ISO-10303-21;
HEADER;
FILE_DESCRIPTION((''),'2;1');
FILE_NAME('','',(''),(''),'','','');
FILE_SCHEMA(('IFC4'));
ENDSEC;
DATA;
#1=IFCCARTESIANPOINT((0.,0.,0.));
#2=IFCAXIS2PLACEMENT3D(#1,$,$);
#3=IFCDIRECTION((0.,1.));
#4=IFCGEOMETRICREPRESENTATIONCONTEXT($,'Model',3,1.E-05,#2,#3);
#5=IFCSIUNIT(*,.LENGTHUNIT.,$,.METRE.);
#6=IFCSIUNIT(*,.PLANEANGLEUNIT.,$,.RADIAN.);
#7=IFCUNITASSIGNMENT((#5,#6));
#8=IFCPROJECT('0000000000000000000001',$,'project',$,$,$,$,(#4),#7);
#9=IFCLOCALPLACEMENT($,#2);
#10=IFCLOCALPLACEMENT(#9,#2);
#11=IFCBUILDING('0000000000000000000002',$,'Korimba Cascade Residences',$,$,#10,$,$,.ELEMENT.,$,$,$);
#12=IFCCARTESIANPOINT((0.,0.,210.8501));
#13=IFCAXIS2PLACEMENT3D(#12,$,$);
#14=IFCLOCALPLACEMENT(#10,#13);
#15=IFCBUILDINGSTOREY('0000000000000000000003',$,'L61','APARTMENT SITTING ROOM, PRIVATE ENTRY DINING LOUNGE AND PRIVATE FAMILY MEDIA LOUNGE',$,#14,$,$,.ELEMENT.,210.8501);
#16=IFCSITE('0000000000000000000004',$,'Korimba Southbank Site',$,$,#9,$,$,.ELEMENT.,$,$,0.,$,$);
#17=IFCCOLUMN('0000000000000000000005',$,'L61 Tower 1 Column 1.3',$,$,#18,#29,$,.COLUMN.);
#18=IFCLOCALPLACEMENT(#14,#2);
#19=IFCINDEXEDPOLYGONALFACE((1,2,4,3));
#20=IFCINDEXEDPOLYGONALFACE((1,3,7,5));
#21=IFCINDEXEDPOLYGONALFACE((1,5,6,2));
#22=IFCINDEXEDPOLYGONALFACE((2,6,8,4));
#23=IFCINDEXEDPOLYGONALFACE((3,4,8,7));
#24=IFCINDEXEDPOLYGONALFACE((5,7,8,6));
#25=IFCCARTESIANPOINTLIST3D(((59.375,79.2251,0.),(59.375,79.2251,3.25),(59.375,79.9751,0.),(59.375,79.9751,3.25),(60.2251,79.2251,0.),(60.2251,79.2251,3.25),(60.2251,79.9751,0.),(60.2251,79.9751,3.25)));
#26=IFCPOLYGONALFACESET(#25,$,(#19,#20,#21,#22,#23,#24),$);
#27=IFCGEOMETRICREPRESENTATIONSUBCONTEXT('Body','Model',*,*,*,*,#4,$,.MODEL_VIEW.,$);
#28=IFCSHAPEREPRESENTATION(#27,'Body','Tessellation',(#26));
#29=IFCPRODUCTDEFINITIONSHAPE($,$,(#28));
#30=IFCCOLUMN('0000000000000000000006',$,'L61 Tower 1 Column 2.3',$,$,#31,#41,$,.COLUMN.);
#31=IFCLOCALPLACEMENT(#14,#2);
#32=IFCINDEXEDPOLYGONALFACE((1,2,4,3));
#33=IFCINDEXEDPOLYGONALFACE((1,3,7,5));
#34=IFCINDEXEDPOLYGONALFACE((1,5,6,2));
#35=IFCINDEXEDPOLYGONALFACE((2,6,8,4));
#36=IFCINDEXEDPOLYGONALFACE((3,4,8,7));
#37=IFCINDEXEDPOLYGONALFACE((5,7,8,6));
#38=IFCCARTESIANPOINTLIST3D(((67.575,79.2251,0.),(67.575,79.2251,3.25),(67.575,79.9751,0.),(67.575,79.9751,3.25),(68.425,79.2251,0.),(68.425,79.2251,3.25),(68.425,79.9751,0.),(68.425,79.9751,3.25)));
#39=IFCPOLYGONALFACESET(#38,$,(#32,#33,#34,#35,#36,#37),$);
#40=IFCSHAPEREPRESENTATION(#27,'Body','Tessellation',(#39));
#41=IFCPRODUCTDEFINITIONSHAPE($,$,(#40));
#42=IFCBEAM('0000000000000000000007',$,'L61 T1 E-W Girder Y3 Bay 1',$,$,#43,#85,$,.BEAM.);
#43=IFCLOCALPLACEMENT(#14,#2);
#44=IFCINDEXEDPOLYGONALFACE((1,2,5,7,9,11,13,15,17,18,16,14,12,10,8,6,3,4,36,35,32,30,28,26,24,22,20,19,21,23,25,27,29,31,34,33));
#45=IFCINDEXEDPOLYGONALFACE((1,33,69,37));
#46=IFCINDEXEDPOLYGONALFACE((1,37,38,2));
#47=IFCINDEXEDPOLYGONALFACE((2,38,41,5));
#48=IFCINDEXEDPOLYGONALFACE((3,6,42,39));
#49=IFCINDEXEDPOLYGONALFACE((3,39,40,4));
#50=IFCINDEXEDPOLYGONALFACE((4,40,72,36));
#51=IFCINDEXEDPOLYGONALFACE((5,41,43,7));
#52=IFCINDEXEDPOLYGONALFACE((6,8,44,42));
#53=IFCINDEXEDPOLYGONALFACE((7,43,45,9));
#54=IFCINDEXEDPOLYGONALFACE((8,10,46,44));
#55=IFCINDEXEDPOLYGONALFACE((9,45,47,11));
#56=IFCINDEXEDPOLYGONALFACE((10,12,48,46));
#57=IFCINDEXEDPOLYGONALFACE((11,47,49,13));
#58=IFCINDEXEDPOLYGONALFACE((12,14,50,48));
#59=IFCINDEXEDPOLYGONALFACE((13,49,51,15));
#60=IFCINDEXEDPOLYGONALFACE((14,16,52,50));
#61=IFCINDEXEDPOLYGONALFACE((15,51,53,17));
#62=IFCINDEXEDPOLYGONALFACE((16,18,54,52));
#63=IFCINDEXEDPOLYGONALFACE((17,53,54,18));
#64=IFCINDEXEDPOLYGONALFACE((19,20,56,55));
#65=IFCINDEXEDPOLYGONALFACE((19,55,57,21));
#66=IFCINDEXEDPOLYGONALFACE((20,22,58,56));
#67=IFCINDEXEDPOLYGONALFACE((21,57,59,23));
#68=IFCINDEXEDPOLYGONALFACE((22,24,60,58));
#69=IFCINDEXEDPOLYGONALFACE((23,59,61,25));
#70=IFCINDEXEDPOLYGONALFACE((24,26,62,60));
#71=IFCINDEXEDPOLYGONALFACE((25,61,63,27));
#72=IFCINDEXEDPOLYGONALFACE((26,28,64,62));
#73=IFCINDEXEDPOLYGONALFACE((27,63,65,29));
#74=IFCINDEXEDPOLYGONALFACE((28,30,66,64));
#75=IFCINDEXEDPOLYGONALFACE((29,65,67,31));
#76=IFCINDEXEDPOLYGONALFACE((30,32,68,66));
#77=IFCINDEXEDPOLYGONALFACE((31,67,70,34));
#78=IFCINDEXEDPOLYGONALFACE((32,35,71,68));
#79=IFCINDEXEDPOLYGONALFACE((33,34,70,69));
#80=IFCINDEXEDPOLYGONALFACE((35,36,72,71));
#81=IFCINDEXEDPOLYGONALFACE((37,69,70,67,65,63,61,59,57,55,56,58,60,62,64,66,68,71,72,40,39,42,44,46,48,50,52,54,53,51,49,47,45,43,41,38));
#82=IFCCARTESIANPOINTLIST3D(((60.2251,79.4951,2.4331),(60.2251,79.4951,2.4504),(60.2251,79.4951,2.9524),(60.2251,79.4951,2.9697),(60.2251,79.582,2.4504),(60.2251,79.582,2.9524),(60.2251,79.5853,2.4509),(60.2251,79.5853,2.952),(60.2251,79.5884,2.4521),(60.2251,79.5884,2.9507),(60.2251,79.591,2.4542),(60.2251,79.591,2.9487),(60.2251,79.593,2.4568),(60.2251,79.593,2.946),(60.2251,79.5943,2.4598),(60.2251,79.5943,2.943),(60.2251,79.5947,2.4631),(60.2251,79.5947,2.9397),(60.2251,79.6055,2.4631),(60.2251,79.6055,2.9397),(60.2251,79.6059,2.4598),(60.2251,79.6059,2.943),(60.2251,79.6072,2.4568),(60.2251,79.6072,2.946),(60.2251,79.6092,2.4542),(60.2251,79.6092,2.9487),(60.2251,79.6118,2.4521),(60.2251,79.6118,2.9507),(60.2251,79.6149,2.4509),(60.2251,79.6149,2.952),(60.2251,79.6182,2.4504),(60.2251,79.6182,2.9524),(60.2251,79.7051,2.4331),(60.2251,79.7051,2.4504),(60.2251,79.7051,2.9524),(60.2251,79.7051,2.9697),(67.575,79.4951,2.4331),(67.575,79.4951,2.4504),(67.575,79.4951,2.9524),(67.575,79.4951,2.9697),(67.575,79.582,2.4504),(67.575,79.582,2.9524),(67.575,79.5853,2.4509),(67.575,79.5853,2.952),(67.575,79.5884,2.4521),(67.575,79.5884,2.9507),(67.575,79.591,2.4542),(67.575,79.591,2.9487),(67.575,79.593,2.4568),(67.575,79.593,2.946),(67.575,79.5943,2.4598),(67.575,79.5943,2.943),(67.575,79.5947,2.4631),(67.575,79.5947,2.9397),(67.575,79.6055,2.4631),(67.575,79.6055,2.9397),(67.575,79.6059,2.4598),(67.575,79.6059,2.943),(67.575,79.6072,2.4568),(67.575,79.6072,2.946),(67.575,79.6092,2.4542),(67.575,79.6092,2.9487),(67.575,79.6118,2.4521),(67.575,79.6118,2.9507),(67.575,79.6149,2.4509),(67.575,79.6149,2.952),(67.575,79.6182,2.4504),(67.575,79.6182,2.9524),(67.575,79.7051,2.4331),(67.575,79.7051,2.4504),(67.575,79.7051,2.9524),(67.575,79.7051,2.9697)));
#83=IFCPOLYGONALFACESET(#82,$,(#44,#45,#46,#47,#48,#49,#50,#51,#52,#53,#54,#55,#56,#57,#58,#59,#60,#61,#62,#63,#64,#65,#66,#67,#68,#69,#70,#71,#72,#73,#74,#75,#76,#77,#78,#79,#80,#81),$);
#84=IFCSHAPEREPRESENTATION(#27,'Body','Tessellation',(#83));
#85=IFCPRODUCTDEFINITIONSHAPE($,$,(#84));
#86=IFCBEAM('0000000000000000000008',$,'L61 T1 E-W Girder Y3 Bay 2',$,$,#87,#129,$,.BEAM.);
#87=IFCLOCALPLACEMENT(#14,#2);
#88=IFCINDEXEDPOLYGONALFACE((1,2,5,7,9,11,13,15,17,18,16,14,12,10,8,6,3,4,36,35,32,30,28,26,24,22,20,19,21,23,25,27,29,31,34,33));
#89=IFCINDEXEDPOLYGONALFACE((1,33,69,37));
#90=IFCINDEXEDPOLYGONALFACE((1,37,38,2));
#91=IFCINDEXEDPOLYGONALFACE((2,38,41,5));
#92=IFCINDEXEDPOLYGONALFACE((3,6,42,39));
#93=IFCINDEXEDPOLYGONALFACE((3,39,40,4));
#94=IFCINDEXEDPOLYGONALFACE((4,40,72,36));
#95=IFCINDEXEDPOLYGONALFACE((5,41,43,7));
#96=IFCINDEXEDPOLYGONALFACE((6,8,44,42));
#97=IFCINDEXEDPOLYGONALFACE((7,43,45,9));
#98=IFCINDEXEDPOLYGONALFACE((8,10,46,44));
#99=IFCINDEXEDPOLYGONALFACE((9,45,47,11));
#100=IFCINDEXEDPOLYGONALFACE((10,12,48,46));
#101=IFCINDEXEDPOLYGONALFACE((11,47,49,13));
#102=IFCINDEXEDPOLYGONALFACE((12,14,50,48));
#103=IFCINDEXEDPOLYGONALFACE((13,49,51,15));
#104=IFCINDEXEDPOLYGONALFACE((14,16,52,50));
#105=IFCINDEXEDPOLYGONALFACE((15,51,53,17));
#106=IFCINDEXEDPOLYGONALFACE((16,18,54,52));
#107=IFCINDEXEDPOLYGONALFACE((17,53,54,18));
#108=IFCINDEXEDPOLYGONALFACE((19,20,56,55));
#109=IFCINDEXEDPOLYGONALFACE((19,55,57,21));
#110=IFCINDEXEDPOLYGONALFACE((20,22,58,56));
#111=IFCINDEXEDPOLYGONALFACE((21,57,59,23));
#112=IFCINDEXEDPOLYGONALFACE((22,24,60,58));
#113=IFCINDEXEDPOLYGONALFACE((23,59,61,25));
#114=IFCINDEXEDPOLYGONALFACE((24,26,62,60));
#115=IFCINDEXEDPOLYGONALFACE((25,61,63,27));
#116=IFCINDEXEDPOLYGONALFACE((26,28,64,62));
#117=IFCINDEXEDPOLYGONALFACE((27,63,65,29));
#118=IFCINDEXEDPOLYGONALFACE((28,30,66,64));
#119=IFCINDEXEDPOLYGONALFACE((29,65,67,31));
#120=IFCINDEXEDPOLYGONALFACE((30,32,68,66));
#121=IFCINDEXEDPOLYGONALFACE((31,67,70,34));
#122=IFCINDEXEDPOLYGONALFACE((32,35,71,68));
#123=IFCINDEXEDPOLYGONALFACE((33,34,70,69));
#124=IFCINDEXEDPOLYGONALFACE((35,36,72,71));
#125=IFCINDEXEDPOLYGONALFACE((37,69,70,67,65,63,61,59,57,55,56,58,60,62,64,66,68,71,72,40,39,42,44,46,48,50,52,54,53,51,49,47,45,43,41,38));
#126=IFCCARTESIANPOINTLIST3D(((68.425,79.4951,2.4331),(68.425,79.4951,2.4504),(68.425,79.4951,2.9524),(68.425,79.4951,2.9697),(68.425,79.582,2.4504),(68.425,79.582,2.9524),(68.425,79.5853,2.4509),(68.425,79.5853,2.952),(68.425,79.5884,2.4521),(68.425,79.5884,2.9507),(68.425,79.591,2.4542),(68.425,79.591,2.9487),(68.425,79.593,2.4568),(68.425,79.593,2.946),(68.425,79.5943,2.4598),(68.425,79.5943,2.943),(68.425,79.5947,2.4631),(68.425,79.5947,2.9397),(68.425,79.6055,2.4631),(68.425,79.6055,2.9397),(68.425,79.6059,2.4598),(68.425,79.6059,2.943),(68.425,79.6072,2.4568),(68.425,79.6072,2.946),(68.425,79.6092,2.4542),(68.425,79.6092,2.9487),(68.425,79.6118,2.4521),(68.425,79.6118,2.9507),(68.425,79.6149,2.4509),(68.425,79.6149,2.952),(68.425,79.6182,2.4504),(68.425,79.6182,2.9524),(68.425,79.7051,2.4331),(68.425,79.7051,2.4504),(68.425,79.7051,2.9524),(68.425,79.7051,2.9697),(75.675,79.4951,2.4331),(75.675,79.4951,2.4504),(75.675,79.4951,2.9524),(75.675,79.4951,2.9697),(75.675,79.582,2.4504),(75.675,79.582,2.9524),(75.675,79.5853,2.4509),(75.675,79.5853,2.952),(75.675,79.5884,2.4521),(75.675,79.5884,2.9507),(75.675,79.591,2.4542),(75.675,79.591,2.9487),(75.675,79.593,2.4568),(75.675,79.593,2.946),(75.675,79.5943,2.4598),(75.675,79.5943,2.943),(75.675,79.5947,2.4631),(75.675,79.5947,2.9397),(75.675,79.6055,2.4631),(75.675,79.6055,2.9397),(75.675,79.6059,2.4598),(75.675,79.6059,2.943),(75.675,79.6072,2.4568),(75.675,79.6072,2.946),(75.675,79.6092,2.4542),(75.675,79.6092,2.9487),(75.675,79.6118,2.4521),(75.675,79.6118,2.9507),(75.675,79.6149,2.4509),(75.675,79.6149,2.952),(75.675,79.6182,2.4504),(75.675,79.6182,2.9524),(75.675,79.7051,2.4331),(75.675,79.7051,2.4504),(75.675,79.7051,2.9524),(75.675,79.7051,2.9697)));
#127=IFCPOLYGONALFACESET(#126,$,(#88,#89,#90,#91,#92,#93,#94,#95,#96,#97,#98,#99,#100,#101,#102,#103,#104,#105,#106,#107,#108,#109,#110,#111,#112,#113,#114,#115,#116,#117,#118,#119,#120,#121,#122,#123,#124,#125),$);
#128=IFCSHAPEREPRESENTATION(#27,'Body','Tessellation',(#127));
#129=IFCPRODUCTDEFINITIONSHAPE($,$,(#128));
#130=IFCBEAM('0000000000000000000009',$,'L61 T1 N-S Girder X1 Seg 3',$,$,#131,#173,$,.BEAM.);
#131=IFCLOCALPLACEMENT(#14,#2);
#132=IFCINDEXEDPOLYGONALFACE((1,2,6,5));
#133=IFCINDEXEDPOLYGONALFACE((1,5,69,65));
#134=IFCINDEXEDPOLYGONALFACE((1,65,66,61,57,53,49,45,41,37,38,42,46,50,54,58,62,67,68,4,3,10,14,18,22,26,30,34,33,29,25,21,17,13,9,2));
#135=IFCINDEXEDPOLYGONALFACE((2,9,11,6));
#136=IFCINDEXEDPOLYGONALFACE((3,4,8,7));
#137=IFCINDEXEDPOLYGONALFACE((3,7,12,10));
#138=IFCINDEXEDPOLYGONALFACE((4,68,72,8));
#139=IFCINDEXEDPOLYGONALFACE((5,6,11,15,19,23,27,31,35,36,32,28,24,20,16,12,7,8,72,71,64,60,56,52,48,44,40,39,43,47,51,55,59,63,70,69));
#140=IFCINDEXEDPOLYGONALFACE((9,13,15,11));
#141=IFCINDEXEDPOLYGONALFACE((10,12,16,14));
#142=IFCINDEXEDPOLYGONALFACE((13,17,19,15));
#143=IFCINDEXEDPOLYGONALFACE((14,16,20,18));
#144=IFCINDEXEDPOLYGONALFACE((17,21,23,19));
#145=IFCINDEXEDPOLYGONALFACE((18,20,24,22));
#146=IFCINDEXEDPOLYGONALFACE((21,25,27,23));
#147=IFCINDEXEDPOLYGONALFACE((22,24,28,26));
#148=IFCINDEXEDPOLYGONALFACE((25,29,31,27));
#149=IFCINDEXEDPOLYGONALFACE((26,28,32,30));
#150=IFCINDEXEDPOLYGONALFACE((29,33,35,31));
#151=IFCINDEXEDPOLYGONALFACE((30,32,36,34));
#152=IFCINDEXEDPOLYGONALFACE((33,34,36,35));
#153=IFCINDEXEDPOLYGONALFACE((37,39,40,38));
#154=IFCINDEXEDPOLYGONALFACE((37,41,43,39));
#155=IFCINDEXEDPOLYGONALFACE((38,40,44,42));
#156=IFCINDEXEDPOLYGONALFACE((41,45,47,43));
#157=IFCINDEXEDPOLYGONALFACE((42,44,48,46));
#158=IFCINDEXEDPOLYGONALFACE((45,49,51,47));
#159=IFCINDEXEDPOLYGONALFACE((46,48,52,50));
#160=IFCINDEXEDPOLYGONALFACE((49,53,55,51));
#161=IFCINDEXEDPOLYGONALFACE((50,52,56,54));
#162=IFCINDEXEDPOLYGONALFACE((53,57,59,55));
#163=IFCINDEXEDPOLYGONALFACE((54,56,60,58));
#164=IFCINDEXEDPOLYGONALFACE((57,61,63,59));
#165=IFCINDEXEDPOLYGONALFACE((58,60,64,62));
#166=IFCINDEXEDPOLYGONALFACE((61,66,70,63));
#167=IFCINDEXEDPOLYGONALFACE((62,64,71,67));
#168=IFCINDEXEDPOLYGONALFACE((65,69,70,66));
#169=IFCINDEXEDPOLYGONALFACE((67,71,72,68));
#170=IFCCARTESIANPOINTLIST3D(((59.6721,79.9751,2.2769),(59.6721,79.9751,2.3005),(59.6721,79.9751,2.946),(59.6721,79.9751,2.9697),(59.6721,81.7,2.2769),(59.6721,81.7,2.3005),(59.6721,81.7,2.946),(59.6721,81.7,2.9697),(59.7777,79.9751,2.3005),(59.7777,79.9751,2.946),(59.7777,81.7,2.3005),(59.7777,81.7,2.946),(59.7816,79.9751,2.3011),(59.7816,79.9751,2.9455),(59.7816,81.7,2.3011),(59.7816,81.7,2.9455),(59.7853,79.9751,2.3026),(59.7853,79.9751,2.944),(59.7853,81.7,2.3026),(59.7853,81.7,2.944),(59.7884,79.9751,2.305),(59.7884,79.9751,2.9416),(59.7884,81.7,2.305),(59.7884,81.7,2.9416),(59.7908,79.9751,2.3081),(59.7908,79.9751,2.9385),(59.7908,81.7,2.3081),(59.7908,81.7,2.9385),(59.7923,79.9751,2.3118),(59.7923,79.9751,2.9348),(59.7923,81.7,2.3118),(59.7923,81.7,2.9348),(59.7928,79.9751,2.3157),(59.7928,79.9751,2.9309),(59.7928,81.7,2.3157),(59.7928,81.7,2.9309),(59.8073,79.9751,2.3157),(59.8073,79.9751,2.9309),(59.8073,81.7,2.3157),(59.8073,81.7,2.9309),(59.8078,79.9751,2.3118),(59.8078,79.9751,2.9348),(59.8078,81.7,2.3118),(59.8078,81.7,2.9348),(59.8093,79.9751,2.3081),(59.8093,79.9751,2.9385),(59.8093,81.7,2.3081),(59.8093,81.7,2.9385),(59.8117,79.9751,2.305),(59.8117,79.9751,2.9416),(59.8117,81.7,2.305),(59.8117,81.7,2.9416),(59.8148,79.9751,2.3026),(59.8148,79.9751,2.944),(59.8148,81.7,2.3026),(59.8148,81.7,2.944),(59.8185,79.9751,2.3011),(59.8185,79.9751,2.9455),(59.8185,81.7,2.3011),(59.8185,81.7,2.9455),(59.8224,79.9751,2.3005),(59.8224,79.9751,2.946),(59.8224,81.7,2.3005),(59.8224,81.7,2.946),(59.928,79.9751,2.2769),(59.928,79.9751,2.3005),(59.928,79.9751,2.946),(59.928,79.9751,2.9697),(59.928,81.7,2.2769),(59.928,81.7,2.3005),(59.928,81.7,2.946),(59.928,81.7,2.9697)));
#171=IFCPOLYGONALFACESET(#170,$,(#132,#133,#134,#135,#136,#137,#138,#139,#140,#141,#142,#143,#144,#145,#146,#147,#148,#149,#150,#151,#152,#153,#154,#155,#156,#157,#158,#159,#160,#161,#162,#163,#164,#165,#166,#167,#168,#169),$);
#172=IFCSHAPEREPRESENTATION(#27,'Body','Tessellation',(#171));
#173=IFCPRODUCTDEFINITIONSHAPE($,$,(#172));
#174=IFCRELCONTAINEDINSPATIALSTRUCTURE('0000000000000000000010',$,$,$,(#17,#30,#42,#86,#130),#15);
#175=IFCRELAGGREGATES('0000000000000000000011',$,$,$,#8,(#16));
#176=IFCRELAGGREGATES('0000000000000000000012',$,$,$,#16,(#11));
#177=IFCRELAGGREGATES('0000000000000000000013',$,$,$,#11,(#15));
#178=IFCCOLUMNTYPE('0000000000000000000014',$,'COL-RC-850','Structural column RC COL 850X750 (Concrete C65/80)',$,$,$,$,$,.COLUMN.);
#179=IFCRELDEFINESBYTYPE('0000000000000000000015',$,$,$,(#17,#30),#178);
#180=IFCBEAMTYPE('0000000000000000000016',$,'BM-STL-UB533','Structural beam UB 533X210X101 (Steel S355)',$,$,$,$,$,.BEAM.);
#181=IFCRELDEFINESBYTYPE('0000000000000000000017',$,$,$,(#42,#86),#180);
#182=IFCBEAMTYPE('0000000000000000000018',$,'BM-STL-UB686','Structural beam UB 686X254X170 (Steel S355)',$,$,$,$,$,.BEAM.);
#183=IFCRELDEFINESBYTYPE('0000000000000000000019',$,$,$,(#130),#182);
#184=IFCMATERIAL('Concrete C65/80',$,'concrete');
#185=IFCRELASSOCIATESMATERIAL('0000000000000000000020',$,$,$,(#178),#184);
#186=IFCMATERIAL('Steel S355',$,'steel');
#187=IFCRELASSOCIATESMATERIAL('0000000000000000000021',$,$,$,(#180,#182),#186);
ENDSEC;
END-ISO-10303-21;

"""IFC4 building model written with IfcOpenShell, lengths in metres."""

from ifc_helpers import new_model, si_unit, direction, frame, origin, origin_2d, place, context, subcontext, project, spatial, rectangle, i_section, extrude, material, material_profile, profile_set, type_object, element, save


model = new_model("IFC4")

# Units and contexts
model_context = context("Model", 3, precision=1e-05, world=origin(), true_north=direction((0.0, 1.0)))
body_context = subcontext(model_context, "Body", "Model", "MODEL_VIEW")
ifc_project = project(units=[si_unit("LENGTHUNIT", "METRE"), si_unit("PLANEANGLEUNIT", "RADIAN")], contexts=[model_context])

# Site, building, storey
site_placement = place(None, origin())
site = spatial("IfcSite", under=ifc_project, at=site_placement, Name="Korimba Southbank Site", CompositionType="ELEMENT", RefElevation=0.0)
building_placement = place(site_placement, origin())
building = spatial("IfcBuilding", under=site, at=building_placement, Name="Korimba Cascade Residences", CompositionType="ELEMENT")
storey_placement = place(building_placement, frame((0.0, 0.0, 210.8501)))
storey = spatial("IfcBuildingStorey", under=building, at=storey_placement, Name="L61", Description="APARTMENT SITTING ROOM, PRIVATE ENTRY DINING LOUNGE AND PRIVATE FAMILY MEDIA LOUNGE", CompositionType="ELEMENT", Elevation=210.8501)

# Columns
ifc_material_1 = material(Name="Concrete C65/80", Category="concrete")
ifc_material_profile_1 = material_profile(ifc_material_1, rectangle(XDim=0.8501, YDim=0.75, at=origin_2d()), Name="Concrete C65/80")
ifc_profile_set_1 = profile_set([ifc_material_profile_1], Name="Concrete C65/80")
column_type = type_object("IfcColumnType", Name="COL-RC-850", Description="Structural column RC COL 850X750 (Concrete C65/80)", PredefinedType="COLUMN", material=ifc_profile_set_1)
for number, where, z_axis, x_axis, name in (
    (1, (59.8, 79.6001, 0.0), (0.0, 0.0, 1.0), (1.0, 0.0, 0.0), "L61 Tower 1 Column 1.3"),
    (2, (68.0, 79.6001, 0.0), (0.0, 0.0, 1.0), (1.0, 0.0, 0.0), "L61 Tower 1 Column 2.3"),
):
    element("IfcColumn", number, at=place(storey_placement, frame(where, z_axis=z_axis, x_axis=x_axis)), inside=storey, type_object=column_type, Name=name, PredefinedType="COLUMN", context=body_context, shape_type="SweptSolid", body=[
        extrude(rectangle(XDim=0.8501, YDim=0.75, at=origin_2d()), origin(), (0.0, 0.0, 1.0), 3.25),
    ])

# Beams
ifc_material_2 = material(Name="Steel S355", Category="steel")
ifc_material_profile_2 = material_profile(ifc_material_2, i_section(OverallWidth=0.21, OverallDepth=0.5366, WebThickness=0.0107, FlangeThickness=0.0173, FilletRadius=0.0127, at=origin_2d()), Name="Steel S355")
ifc_profile_set_2 = profile_set([ifc_material_profile_2], Name="Steel S355")
beam_type_1 = type_object("IfcBeamType", Name="BM-STL-UB533", Description="Structural beam UB 533X210X101 (Steel S355)", PredefinedType="BEAM", material=ifc_profile_set_2)
beam_1_placement = place(storey_placement, frame((60.2251, 79.6001, 2.7014), z_axis=(1.0, 0.0, 0.0), x_axis=(0.0, 1.0, 0.0)))
element("IfcBeam", 3, at=beam_1_placement, inside=storey, type_object=beam_type_1, Name="L61 T1 E-W Girder Y3 Bay 1", PredefinedType="BEAM", context=body_context, shape_type="SweptSolid", body=[
    extrude(i_section(OverallWidth=0.21, OverallDepth=0.5366, WebThickness=0.0107, FlangeThickness=0.0173, FilletRadius=0.0127, at=origin_2d()), origin(), (0.0, 0.0, 1.0), 7.3499),
])
beam_2_placement = place(storey_placement, frame((68.425, 79.6001, 2.7014), z_axis=(1.0, 0.0, 0.0), x_axis=(0.0, 1.0, 0.0)))
element("IfcBeam", 4, at=beam_2_placement, inside=storey, type_object=beam_type_1, Name="L61 T1 E-W Girder Y3 Bay 2", PredefinedType="BEAM", context=body_context, shape_type="SweptSolid", body=[
    extrude(i_section(OverallWidth=0.21, OverallDepth=0.5366, WebThickness=0.0107, FlangeThickness=0.0173, FilletRadius=0.0127, at=origin_2d()), origin(), (0.0, 0.0, 1.0), 7.25),
])
ifc_material_profile_3 = material_profile(ifc_material_2, i_section(OverallWidth=0.2559, OverallDepth=0.6929, WebThickness=0.0144, FlangeThickness=0.0237, FilletRadius=0.0151, at=origin_2d()), Name="Steel S355")
ifc_profile_set_3 = profile_set([ifc_material_profile_3], Name="Steel S355")
beam_type_2 = type_object("IfcBeamType", Name="BM-STL-UB686", Description="Structural beam UB 686X254X170 (Steel S355)", PredefinedType="BEAM", material=ifc_profile_set_3)
beam_3_placement = place(storey_placement, frame((59.8, 79.9751, 2.6233), z_axis=(0.0, 1.0, 0.0), x_axis=(-1.0, 0.0, 0.0)))
element("IfcBeam", 5, at=beam_3_placement, inside=storey, type_object=beam_type_2, Name="L61 T1 N-S Girder X1 Seg 3", PredefinedType="BEAM", context=body_context, shape_type="SweptSolid", body=[
    extrude(i_section(OverallWidth=0.2559, OverallDepth=0.6929, WebThickness=0.0144, FlangeThickness=0.0237, FilletRadius=0.0151, at=origin_2d()), origin(), (0.0, 0.0, 1.0), 1.7249),
])

save(model, "model.ifc")
